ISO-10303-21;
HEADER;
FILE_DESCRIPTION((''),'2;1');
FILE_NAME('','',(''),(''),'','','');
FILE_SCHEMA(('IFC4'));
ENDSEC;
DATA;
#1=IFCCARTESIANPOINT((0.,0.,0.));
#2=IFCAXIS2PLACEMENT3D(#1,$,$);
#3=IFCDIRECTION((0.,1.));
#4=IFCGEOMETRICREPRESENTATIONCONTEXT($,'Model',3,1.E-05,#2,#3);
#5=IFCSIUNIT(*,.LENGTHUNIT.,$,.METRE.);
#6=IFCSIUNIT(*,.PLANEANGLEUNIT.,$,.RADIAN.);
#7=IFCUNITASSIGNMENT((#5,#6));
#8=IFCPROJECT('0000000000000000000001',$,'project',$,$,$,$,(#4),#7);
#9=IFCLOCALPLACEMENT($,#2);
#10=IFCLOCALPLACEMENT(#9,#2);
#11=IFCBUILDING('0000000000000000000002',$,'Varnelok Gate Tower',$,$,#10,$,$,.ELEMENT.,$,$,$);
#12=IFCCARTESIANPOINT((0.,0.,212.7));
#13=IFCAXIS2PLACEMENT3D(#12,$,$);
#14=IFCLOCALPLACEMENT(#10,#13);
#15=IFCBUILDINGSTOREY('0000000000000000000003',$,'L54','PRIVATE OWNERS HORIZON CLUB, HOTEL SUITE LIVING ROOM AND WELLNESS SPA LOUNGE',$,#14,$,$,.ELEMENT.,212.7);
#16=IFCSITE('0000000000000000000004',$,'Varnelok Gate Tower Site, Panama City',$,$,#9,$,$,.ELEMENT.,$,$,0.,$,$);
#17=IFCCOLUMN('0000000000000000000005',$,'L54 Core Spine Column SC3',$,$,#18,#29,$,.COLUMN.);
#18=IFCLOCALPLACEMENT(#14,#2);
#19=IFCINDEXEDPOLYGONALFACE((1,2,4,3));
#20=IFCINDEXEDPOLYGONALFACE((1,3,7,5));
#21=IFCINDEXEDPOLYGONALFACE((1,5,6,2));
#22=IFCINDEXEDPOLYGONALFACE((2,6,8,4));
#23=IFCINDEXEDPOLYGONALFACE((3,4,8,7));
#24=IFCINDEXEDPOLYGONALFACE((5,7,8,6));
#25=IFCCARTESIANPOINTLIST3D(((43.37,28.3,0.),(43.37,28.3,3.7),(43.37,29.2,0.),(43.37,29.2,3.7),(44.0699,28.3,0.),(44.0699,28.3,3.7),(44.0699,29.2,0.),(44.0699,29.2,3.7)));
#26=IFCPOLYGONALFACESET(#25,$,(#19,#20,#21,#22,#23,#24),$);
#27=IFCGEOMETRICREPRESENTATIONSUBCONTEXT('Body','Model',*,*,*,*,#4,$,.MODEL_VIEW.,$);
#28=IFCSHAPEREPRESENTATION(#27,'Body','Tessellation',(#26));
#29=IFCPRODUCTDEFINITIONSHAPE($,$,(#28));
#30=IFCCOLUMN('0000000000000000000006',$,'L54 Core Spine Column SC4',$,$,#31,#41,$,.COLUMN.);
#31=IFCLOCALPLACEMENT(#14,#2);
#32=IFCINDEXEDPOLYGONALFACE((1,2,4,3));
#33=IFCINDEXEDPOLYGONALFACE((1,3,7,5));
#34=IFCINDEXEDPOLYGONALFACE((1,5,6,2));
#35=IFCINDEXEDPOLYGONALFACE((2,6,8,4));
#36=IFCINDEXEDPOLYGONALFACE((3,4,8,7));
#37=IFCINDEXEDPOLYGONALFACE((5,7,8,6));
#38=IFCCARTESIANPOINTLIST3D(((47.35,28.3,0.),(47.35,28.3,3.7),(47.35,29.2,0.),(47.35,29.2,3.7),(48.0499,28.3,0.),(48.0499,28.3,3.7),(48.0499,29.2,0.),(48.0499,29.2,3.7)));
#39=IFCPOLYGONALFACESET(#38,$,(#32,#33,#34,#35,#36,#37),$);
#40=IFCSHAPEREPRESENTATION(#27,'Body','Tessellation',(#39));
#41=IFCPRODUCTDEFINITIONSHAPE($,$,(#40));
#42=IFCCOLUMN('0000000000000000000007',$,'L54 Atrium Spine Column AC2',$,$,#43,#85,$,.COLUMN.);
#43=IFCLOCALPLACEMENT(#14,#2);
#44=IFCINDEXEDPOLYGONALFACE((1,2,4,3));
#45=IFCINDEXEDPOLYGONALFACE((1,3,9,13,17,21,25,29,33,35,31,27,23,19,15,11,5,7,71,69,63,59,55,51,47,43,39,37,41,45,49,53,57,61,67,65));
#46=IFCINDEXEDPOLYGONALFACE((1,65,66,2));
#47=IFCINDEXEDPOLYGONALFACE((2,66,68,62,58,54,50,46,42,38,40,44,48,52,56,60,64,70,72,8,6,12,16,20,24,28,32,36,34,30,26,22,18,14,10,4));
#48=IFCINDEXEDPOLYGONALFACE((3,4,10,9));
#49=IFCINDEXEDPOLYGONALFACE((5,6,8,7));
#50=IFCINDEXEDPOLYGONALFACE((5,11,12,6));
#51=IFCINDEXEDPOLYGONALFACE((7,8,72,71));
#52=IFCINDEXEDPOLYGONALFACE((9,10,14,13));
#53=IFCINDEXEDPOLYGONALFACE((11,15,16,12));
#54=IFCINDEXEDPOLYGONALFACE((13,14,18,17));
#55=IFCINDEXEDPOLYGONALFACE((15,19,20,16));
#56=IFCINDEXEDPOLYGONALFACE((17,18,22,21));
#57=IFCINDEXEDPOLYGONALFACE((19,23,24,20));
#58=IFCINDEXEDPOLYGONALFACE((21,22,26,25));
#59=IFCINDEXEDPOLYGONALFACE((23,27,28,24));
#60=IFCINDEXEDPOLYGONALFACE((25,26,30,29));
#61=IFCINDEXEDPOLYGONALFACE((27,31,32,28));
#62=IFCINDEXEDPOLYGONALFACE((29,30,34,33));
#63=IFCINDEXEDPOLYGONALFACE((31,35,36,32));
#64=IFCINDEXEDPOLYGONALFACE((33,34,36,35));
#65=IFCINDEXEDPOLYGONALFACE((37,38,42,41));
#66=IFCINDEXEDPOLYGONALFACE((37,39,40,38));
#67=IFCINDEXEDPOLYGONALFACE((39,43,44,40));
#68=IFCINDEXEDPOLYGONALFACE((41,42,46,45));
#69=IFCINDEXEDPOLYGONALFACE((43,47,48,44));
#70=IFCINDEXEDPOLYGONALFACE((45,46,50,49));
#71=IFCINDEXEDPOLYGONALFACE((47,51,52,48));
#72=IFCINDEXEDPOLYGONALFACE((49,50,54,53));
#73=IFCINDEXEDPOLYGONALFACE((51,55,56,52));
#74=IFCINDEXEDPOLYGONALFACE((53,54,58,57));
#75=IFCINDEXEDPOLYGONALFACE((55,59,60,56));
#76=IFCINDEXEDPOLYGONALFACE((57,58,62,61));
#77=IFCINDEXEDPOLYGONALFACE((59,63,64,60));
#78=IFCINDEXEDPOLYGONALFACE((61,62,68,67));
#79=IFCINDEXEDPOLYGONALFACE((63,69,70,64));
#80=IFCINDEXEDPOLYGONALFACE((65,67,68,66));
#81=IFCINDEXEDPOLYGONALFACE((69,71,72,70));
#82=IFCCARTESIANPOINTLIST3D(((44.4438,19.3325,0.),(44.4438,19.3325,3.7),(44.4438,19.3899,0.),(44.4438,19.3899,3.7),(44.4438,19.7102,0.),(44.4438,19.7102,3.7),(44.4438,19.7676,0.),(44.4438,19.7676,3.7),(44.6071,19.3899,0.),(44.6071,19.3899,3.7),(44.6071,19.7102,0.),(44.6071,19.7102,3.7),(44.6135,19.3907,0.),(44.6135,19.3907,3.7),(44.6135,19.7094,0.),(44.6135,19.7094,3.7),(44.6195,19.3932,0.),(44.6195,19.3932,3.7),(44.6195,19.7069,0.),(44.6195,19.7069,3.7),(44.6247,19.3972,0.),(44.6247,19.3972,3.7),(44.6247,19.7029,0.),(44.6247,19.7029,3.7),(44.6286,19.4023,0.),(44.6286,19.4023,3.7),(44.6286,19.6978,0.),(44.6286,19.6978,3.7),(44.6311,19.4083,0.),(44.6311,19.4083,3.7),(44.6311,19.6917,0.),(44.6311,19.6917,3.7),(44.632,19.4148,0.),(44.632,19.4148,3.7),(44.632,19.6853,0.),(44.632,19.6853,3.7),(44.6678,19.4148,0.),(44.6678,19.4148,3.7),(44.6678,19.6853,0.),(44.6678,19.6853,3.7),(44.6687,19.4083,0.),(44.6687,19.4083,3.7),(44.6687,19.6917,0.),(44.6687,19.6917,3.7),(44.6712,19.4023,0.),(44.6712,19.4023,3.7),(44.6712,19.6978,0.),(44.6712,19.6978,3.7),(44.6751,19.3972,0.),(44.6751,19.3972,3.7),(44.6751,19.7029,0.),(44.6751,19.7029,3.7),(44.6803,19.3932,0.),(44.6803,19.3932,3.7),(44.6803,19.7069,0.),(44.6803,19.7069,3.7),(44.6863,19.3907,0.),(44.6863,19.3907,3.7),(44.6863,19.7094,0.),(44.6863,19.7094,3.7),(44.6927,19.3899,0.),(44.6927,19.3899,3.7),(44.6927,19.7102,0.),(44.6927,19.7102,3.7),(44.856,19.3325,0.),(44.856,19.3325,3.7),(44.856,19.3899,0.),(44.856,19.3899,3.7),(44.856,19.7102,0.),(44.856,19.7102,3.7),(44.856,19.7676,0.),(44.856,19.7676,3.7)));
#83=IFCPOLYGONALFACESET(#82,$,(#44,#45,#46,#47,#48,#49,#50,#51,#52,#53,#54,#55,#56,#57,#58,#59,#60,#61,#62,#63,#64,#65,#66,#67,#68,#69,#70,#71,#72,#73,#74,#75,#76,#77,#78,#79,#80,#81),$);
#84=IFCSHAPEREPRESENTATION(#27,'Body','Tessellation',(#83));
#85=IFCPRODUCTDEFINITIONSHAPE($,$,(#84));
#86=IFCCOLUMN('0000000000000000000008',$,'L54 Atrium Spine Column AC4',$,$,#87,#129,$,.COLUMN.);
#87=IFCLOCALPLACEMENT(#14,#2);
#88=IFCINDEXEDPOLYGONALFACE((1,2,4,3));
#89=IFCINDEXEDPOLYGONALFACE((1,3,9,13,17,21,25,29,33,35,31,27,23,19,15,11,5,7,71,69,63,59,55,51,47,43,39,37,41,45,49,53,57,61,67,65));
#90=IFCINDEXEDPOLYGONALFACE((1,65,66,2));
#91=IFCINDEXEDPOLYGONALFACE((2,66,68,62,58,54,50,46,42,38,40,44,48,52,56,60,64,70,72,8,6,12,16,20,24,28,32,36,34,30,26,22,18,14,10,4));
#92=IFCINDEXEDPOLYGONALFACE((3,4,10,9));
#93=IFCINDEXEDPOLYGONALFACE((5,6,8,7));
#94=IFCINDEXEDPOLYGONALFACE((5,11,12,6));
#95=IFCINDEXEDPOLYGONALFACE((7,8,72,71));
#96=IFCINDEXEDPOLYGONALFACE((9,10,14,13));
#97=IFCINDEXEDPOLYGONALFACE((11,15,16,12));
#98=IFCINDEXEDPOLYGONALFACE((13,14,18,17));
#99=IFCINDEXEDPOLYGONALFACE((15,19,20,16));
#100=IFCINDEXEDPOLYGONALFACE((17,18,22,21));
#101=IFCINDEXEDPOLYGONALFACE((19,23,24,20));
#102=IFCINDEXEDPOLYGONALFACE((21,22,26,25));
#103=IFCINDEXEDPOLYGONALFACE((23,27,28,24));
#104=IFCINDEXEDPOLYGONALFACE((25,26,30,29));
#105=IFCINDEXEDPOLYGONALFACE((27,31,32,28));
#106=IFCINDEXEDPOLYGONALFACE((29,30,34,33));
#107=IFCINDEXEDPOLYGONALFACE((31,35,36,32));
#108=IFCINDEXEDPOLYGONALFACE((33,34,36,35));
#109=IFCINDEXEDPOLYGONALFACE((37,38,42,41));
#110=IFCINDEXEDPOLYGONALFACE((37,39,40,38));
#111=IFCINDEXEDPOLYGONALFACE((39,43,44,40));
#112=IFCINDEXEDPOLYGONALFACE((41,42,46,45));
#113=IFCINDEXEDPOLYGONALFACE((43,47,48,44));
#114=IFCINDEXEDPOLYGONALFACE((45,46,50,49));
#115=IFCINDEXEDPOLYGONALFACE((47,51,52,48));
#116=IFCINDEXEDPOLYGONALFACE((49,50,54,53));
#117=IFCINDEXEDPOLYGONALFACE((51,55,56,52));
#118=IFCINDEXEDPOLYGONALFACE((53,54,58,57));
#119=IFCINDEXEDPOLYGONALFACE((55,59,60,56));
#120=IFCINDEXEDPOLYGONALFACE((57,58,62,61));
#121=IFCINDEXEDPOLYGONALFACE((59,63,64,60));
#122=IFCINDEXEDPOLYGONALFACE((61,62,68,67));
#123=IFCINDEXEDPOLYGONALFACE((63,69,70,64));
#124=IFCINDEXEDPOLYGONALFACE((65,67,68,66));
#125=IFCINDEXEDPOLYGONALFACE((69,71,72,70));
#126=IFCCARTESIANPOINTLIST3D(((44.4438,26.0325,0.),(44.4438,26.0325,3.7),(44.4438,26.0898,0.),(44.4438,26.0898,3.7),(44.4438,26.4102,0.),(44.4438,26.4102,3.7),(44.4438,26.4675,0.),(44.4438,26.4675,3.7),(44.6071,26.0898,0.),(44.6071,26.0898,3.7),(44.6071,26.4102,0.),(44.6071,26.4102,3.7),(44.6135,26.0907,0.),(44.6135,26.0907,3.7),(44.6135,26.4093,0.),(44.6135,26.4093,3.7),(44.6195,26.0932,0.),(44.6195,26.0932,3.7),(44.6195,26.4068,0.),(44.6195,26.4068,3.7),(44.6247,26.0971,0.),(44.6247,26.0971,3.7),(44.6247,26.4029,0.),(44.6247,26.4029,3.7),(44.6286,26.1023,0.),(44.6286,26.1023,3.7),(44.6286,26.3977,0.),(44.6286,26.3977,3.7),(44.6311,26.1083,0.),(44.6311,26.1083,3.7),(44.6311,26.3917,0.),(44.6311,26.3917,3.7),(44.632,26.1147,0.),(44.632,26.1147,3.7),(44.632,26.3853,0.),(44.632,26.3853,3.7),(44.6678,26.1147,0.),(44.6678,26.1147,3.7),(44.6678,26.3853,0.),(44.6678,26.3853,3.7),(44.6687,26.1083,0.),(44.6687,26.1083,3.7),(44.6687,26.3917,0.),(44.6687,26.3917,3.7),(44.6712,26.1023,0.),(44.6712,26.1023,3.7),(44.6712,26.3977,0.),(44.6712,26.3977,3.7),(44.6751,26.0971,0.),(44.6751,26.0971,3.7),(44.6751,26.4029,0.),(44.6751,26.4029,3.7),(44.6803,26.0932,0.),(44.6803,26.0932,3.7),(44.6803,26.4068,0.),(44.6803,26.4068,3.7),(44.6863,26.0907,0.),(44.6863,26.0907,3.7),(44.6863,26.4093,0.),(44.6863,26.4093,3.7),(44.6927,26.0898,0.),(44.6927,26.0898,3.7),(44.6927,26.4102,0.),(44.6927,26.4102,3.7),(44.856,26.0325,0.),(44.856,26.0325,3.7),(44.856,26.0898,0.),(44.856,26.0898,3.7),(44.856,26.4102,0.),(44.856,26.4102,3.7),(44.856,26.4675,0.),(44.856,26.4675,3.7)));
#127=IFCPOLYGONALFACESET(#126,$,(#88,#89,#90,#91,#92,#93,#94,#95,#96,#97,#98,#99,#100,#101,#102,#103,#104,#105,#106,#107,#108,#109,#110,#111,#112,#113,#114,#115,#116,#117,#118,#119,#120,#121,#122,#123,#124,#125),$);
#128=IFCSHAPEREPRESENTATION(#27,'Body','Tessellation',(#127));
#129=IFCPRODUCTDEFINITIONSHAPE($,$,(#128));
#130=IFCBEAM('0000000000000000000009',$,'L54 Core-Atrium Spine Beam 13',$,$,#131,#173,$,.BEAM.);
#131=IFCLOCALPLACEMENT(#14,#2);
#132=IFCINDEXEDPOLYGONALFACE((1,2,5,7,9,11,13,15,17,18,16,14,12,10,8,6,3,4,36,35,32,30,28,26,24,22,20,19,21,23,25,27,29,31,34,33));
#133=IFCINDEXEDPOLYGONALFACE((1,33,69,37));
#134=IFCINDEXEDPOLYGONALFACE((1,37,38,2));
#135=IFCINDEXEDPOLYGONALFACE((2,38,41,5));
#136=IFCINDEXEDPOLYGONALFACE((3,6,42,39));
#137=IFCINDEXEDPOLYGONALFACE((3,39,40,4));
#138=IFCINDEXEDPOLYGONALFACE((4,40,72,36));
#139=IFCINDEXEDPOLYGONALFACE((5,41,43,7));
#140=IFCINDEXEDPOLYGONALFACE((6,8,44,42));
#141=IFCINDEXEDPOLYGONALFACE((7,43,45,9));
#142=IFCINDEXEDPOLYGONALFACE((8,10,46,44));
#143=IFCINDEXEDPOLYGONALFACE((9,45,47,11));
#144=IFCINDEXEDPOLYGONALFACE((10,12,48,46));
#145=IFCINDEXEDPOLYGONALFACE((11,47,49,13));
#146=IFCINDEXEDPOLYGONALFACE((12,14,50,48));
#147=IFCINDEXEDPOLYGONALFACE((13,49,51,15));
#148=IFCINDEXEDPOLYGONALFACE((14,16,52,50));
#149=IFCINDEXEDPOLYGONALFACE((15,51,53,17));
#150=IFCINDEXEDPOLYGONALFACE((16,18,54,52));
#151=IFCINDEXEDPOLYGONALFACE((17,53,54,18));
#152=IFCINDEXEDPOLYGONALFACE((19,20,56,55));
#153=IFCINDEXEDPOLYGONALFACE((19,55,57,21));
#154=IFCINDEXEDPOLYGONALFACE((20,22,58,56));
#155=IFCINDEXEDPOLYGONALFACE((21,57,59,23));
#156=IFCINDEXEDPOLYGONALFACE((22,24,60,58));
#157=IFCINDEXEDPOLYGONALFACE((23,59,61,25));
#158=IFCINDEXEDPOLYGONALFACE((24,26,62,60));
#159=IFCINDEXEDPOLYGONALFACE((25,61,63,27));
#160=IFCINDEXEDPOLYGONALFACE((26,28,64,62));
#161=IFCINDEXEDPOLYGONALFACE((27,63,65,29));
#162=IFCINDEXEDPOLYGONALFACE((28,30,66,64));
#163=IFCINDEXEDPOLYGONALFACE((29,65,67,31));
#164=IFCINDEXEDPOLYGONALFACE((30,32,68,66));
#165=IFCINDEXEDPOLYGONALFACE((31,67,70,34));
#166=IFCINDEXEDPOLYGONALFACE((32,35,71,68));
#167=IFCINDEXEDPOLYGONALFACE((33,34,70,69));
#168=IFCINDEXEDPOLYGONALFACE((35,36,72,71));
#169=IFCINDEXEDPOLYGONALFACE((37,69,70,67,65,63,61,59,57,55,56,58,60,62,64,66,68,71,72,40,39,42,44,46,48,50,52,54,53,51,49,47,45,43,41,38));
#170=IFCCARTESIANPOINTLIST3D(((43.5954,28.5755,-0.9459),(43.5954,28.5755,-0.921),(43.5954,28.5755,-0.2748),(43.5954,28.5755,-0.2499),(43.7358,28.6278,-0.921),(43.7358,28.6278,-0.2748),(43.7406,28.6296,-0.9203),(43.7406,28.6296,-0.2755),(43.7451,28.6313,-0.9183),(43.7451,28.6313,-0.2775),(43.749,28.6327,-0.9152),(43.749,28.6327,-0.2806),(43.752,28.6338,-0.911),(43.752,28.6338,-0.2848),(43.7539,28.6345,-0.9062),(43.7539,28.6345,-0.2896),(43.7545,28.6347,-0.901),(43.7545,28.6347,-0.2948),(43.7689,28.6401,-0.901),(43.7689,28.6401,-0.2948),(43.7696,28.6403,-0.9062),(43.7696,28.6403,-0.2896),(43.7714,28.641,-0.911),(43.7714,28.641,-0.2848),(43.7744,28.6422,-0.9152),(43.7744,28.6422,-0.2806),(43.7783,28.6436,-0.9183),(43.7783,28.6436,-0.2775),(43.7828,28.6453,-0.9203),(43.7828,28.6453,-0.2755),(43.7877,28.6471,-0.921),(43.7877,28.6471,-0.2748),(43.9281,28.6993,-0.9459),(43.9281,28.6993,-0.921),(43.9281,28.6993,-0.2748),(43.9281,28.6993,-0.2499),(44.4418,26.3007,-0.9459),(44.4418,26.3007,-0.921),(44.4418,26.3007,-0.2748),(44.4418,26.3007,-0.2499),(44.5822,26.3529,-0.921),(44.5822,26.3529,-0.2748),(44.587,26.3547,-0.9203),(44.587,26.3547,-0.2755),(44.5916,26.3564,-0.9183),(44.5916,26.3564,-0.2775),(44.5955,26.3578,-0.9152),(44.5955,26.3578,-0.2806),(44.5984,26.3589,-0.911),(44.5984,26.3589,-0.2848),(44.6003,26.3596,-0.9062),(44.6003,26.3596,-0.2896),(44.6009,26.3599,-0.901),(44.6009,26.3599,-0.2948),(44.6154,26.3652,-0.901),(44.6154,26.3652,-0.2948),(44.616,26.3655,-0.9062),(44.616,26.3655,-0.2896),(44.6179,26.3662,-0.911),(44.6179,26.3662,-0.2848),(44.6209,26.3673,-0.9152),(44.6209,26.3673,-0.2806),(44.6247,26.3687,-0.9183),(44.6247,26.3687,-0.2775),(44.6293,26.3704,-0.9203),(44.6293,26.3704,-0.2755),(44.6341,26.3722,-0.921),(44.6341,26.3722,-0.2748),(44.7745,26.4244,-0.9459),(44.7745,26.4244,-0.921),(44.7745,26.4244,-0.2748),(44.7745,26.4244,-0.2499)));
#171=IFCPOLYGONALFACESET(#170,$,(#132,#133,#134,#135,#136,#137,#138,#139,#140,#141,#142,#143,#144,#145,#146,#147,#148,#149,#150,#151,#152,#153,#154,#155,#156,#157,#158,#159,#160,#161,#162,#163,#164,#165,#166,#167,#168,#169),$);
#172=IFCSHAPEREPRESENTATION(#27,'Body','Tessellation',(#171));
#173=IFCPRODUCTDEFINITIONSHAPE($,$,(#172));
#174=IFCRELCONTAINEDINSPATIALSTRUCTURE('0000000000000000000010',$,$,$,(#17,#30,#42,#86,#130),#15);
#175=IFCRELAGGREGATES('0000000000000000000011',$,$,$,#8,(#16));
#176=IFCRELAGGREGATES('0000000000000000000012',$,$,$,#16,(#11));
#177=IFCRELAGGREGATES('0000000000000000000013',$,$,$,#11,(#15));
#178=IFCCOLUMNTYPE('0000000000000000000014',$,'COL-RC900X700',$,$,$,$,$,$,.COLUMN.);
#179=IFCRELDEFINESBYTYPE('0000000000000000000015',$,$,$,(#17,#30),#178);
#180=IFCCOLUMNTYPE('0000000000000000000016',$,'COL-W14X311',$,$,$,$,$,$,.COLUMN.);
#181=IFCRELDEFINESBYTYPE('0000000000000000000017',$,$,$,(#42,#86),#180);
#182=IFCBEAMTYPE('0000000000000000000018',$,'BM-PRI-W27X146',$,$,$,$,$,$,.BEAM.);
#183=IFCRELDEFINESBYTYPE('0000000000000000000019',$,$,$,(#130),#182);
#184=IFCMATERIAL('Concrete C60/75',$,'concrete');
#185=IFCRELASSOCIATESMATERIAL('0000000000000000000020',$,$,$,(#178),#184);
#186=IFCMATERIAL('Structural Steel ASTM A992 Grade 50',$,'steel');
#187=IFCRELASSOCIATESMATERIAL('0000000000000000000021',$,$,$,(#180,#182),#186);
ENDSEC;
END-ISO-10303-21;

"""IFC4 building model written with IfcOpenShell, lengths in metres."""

from ifc_helpers import new_model, si_unit, direction, frame, origin, origin_2d, place, context, subcontext, project, spatial, rectangle, i_section, extrude, material, material_profile, profile_set, type_object, element, save


model = new_model("IFC4")

# Units and contexts
model_context = context("Model", 3, precision=1e-05, world=origin(), true_north=direction((0.0, 1.0)))
body_context = subcontext(model_context, "Body", "Model", "MODEL_VIEW")
ifc_project = project(units=[si_unit("LENGTHUNIT", "METRE"), si_unit("PLANEANGLEUNIT", "RADIAN")], contexts=[model_context])

# Site, building, storey
site_placement = place(None, origin())
site = spatial("IfcSite", under=ifc_project, at=site_placement, Name="Varnelok Gate Tower Site, Panama City", CompositionType="ELEMENT", RefElevation=0.0)
building_placement = place(site_placement, origin())
building = spatial("IfcBuilding", under=site, at=building_placement, Name="Varnelok Gate Tower", CompositionType="ELEMENT")
storey_placement = place(building_placement, frame((0.0, 0.0, 212.7)))
storey = spatial("IfcBuildingStorey", under=building, at=storey_placement, Name="L54", Description="PRIVATE OWNERS HORIZON CLUB, HOTEL SUITE LIVING ROOM AND WELLNESS SPA LOUNGE", CompositionType="ELEMENT", Elevation=212.7)

# Columns
ifc_material_1 = material(Name="Concrete C60/75", Category="concrete")
ifc_material_profile_1 = material_profile(ifc_material_1, rectangle(XDim=0.7, YDim=0.8999, at=origin_2d()), Name="RC900X700")
ifc_profile_set_1 = profile_set([ifc_material_profile_1], Name="Concrete C60/75")
column_type_1 = type_object("IfcColumnType", Name="COL-RC900X700", PredefinedType="COLUMN", material=ifc_profile_set_1)
for number, where, z_axis, x_axis, name in (
    (1, (43.72, 28.75, 0.0), (0.0, 0.0, 1.0), (1.0, 0.0, 0.0), "L54 Core Spine Column SC3"),
    (2, (47.7, 28.75, 0.0), (0.0, 0.0, 1.0), (1.0, 0.0, 0.0), "L54 Core Spine Column SC4"),
):
    element("IfcColumn", number, at=place(storey_placement, frame(where, z_axis=z_axis, x_axis=x_axis)), inside=storey, type_object=column_type_1, Name=name, PredefinedType="COLUMN", context=body_context, shape_type="SweptSolid", body=[
        extrude(rectangle(XDim=0.7, YDim=0.8999, at=origin_2d()), origin(), (0.0, 0.0, 1.0), 3.7),
    ])
ifc_material_2 = material(Name="Structural Steel ASTM A992 Grade 50", Category="steel")
ifc_material_profile_2 = material_profile(ifc_material_2, i_section(OverallWidth=0.4121, OverallDepth=0.4351, WebThickness=0.0359, FlangeThickness=0.0574, FilletRadius=0.0249, at=origin_2d()), Name="W14X311")
ifc_profile_set_2 = profile_set([ifc_material_profile_2], Name="Structural Steel ASTM A992 Grade 50")
column_type_2 = type_object("IfcColumnType", Name="COL-W14X311", PredefinedType="COLUMN", material=ifc_profile_set_2)
for number, where, z_axis, x_axis, name in (
    (3, (44.6499, 19.55, 0.0), (0.0, 0.0, 1.0), (1.0, 0.0, 0.0), "L54 Atrium Spine Column AC2"),
    (4, (44.6499, 26.25, 0.0), (0.0, 0.0, 1.0), (1.0, 0.0, 0.0), "L54 Atrium Spine Column AC4"),
):
    element("IfcColumn", number, at=place(storey_placement, frame(where, z_axis=z_axis, x_axis=x_axis)), inside=storey, type_object=column_type_2, Name=name, PredefinedType="COLUMN", context=body_context, shape_type="SweptSolid", body=[
        extrude(i_section(OverallWidth=0.4121, OverallDepth=0.4351, WebThickness=0.0359, FlangeThickness=0.0574, FilletRadius=0.0249, at=origin_2d()), origin(), (0.0, 0.0, 1.0), 3.7),
    ])

# Beam
ifc_material_profile_3 = material_profile(ifc_material_2, i_section(OverallWidth=0.355, OverallDepth=0.696, WebThickness=0.0154, FlangeThickness=0.0249, FilletRadius=0.02, at=origin_2d()), Name="W27X146")
ifc_profile_set_3 = profile_set([ifc_material_profile_3], Name="Structural Steel ASTM A992 Grade 50")
beam_type_1 = type_object("IfcBeamType", Name="BM-PRI-W27X146", PredefinedType="BEAM", material=ifc_profile_set_3)
beam_1_placement = place(storey_placement, frame((44.6082, 26.3625, -0.5979), z_axis=(-0.348719, 0.937227, 0.0), x_axis=(-0.937227, -0.348719, 0.0)))
element("IfcBeam", 5, at=beam_1_placement, inside=storey, type_object=beam_type_1, Name="L54 Core-Atrium Spine Beam 13", PredefinedType="BEAM", context=body_context, shape_type="SweptSolid", body=[
    extrude(i_section(OverallWidth=0.355, OverallDepth=0.696, WebThickness=0.0154, FlangeThickness=0.0249, FilletRadius=0.02, at=origin_2d()), origin(), (0.0, 0.0, 1.0), 2.4272),
])

save(model, "model.ifc")
